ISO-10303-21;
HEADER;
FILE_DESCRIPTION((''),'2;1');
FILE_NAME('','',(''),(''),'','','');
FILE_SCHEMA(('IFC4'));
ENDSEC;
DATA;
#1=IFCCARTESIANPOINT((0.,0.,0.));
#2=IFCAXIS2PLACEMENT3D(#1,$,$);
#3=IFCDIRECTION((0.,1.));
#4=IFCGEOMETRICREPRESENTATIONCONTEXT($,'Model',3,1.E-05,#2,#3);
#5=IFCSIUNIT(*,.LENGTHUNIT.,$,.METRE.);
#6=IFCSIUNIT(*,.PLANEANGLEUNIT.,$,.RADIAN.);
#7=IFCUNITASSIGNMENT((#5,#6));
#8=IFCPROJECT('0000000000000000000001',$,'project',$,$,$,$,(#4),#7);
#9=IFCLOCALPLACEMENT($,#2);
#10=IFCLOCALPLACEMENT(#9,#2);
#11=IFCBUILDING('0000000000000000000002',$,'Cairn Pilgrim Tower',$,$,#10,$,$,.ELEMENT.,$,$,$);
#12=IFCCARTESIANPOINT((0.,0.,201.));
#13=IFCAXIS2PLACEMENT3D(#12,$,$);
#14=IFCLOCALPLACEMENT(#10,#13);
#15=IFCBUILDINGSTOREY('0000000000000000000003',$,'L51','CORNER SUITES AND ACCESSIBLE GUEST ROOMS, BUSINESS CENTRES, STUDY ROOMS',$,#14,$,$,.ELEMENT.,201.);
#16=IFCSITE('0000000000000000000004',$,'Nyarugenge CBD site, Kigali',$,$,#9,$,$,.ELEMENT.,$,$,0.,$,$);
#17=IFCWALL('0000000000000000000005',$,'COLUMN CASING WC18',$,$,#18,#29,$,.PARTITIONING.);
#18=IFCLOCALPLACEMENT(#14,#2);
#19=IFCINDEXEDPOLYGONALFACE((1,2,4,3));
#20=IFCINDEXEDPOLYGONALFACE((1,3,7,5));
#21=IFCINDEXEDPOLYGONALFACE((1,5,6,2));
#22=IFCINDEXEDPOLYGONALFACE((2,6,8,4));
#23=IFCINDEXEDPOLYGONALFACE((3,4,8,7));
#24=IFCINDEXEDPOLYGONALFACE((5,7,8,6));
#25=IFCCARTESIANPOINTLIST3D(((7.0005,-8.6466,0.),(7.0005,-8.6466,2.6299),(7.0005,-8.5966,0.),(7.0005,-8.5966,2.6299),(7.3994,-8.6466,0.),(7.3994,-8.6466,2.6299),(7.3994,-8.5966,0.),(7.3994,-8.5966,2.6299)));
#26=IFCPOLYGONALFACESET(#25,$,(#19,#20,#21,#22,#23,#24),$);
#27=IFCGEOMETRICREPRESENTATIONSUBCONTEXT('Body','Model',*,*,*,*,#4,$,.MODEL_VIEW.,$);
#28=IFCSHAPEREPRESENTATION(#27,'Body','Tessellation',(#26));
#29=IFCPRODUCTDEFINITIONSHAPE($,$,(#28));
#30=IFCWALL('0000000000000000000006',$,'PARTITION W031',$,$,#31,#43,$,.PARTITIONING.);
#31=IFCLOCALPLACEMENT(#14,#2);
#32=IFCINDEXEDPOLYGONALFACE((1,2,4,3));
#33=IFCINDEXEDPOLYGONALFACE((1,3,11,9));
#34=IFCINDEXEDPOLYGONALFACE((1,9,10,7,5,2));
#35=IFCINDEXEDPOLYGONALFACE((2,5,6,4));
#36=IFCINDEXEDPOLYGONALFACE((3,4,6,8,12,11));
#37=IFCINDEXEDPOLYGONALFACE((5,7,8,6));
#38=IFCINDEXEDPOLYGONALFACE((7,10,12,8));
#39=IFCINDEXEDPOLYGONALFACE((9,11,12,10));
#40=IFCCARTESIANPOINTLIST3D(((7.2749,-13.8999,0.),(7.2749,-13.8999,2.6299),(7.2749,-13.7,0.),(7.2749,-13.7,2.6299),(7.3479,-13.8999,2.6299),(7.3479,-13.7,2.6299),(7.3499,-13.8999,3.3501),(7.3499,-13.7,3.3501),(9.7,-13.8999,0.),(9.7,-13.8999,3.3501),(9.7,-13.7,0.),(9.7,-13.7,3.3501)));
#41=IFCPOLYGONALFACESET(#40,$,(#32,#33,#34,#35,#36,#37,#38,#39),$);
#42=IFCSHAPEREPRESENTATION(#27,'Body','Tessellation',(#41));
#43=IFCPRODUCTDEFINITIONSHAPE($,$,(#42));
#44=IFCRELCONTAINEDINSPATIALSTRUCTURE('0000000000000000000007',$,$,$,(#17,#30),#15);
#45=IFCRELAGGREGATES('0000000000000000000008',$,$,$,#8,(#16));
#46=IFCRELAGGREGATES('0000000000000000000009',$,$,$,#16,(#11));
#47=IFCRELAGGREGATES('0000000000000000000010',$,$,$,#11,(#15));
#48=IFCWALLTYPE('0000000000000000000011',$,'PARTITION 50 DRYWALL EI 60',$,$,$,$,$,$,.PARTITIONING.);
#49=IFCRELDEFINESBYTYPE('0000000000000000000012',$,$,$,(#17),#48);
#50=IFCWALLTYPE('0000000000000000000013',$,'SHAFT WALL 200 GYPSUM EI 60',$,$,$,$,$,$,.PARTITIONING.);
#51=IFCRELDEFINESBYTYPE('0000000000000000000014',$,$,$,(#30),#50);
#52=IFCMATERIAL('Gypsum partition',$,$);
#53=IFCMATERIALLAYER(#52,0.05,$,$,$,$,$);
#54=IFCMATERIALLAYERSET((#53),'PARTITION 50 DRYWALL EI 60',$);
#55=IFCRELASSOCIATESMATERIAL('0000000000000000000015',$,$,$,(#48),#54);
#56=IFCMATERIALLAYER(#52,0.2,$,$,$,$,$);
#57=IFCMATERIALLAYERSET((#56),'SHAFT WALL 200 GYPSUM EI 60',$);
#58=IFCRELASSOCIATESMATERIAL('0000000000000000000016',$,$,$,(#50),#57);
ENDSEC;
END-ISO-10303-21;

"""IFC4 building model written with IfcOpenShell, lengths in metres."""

from ifc_helpers import new_model, si_unit, direction, frame, frame_2d, origin, place, context, subcontext, project, spatial, polyline, rectangle, outline, extrude, material, layer, layer_set, type_object, element, save


model = new_model("IFC4")

# Units and contexts
model_context = context("Model", 3, precision=1e-05, world=origin(), true_north=direction((0.0, 1.0)))
body_context = subcontext(model_context, "Body", "Model", "MODEL_VIEW")
ifc_project = project(units=[si_unit("LENGTHUNIT", "METRE"), si_unit("PLANEANGLEUNIT", "RADIAN")], contexts=[model_context])

# Site, building, storey
site_placement = place(None, origin())
site = spatial("IfcSite", under=ifc_project, at=site_placement, Name="Nyarugenge CBD site, Kigali", CompositionType="ELEMENT", RefElevation=0.0)
building_placement = place(site_placement, origin())
building = spatial("IfcBuilding", under=site, at=building_placement, Name="Cairn Pilgrim Tower", CompositionType="ELEMENT")
storey_placement = place(building_placement, frame((0.0, 0.0, 201.0)))
storey = spatial("IfcBuildingStorey", under=building, at=storey_placement, Name="L51", Description="CORNER SUITES AND ACCESSIBLE GUEST ROOMS, BUSINESS CENTRES, STUDY ROOMS", CompositionType="ELEMENT", Elevation=201.0)

# Shared definitions
ifc_material_1 = material(Name="Gypsum partition")

# Walls
ifc_layer_1 = layer(ifc_material_1, 0.05)
ifc_layer_set_1 = layer_set([ifc_layer_1], Name="PARTITION 50 DRYWALL EI 60")
wall_type_1 = type_object("IfcWallType", Name="PARTITION 50 DRYWALL EI 60", PredefinedType="PARTITIONING", material=ifc_layer_set_1)
wall_1_placement = place(storey_placement, frame((7.0005, -8.6216, 0.0), z_axis=(0.0, 0.0, 1.0), x_axis=(1.0, 0.0, 0.0)))
element("IfcWall", 1, at=wall_1_placement, inside=storey, type_object=wall_type_1, Name="COLUMN CASING WC18", PredefinedType="PARTITIONING", context=body_context, shape_type="SweptSolid", body=[
    extrude(rectangle(XDim=0.3989, YDim=0.05, at=frame_2d((0.1995, 0.0))), origin(), (0.0, 0.0, 1.0), 2.6299),
])
ifc_layer_2 = layer(ifc_material_1, 0.2)
ifc_layer_set_2 = layer_set([ifc_layer_2], Name="SHAFT WALL 200 GYPSUM EI 60")
wall_type_2 = type_object("IfcWallType", Name="SHAFT WALL 200 GYPSUM EI 60", PredefinedType="PARTITIONING", material=ifc_layer_set_2)
wall_2_placement = place(storey_placement, frame((7.2749, -13.8, 0.0), z_axis=(0.0, 0.0, 1.0), x_axis=(1.0, 0.0, 0.0)))
element("IfcWall", 2, at=wall_2_placement, inside=storey, type_object=wall_type_2, Name="PARTITION W031", PredefinedType="PARTITIONING", context=body_context, shape_type="SweptSolid", body=[
    extrude(outline(polyline([(0.0, 0.0), (2.425, 0.0), (2.425, 3.3501), (0.075, 3.3501), (0.073, 2.6299), (0.0, 2.6299), (0.0, 0.0)])), frame((0.0, 0.1001, 0.0), z_axis=(0.0, -1.0, 0.0), x_axis=(1.0, 0.0, 0.0)), (0.0, 0.0, 1.0), 0.2),
])

save(model, "model.ifc")
